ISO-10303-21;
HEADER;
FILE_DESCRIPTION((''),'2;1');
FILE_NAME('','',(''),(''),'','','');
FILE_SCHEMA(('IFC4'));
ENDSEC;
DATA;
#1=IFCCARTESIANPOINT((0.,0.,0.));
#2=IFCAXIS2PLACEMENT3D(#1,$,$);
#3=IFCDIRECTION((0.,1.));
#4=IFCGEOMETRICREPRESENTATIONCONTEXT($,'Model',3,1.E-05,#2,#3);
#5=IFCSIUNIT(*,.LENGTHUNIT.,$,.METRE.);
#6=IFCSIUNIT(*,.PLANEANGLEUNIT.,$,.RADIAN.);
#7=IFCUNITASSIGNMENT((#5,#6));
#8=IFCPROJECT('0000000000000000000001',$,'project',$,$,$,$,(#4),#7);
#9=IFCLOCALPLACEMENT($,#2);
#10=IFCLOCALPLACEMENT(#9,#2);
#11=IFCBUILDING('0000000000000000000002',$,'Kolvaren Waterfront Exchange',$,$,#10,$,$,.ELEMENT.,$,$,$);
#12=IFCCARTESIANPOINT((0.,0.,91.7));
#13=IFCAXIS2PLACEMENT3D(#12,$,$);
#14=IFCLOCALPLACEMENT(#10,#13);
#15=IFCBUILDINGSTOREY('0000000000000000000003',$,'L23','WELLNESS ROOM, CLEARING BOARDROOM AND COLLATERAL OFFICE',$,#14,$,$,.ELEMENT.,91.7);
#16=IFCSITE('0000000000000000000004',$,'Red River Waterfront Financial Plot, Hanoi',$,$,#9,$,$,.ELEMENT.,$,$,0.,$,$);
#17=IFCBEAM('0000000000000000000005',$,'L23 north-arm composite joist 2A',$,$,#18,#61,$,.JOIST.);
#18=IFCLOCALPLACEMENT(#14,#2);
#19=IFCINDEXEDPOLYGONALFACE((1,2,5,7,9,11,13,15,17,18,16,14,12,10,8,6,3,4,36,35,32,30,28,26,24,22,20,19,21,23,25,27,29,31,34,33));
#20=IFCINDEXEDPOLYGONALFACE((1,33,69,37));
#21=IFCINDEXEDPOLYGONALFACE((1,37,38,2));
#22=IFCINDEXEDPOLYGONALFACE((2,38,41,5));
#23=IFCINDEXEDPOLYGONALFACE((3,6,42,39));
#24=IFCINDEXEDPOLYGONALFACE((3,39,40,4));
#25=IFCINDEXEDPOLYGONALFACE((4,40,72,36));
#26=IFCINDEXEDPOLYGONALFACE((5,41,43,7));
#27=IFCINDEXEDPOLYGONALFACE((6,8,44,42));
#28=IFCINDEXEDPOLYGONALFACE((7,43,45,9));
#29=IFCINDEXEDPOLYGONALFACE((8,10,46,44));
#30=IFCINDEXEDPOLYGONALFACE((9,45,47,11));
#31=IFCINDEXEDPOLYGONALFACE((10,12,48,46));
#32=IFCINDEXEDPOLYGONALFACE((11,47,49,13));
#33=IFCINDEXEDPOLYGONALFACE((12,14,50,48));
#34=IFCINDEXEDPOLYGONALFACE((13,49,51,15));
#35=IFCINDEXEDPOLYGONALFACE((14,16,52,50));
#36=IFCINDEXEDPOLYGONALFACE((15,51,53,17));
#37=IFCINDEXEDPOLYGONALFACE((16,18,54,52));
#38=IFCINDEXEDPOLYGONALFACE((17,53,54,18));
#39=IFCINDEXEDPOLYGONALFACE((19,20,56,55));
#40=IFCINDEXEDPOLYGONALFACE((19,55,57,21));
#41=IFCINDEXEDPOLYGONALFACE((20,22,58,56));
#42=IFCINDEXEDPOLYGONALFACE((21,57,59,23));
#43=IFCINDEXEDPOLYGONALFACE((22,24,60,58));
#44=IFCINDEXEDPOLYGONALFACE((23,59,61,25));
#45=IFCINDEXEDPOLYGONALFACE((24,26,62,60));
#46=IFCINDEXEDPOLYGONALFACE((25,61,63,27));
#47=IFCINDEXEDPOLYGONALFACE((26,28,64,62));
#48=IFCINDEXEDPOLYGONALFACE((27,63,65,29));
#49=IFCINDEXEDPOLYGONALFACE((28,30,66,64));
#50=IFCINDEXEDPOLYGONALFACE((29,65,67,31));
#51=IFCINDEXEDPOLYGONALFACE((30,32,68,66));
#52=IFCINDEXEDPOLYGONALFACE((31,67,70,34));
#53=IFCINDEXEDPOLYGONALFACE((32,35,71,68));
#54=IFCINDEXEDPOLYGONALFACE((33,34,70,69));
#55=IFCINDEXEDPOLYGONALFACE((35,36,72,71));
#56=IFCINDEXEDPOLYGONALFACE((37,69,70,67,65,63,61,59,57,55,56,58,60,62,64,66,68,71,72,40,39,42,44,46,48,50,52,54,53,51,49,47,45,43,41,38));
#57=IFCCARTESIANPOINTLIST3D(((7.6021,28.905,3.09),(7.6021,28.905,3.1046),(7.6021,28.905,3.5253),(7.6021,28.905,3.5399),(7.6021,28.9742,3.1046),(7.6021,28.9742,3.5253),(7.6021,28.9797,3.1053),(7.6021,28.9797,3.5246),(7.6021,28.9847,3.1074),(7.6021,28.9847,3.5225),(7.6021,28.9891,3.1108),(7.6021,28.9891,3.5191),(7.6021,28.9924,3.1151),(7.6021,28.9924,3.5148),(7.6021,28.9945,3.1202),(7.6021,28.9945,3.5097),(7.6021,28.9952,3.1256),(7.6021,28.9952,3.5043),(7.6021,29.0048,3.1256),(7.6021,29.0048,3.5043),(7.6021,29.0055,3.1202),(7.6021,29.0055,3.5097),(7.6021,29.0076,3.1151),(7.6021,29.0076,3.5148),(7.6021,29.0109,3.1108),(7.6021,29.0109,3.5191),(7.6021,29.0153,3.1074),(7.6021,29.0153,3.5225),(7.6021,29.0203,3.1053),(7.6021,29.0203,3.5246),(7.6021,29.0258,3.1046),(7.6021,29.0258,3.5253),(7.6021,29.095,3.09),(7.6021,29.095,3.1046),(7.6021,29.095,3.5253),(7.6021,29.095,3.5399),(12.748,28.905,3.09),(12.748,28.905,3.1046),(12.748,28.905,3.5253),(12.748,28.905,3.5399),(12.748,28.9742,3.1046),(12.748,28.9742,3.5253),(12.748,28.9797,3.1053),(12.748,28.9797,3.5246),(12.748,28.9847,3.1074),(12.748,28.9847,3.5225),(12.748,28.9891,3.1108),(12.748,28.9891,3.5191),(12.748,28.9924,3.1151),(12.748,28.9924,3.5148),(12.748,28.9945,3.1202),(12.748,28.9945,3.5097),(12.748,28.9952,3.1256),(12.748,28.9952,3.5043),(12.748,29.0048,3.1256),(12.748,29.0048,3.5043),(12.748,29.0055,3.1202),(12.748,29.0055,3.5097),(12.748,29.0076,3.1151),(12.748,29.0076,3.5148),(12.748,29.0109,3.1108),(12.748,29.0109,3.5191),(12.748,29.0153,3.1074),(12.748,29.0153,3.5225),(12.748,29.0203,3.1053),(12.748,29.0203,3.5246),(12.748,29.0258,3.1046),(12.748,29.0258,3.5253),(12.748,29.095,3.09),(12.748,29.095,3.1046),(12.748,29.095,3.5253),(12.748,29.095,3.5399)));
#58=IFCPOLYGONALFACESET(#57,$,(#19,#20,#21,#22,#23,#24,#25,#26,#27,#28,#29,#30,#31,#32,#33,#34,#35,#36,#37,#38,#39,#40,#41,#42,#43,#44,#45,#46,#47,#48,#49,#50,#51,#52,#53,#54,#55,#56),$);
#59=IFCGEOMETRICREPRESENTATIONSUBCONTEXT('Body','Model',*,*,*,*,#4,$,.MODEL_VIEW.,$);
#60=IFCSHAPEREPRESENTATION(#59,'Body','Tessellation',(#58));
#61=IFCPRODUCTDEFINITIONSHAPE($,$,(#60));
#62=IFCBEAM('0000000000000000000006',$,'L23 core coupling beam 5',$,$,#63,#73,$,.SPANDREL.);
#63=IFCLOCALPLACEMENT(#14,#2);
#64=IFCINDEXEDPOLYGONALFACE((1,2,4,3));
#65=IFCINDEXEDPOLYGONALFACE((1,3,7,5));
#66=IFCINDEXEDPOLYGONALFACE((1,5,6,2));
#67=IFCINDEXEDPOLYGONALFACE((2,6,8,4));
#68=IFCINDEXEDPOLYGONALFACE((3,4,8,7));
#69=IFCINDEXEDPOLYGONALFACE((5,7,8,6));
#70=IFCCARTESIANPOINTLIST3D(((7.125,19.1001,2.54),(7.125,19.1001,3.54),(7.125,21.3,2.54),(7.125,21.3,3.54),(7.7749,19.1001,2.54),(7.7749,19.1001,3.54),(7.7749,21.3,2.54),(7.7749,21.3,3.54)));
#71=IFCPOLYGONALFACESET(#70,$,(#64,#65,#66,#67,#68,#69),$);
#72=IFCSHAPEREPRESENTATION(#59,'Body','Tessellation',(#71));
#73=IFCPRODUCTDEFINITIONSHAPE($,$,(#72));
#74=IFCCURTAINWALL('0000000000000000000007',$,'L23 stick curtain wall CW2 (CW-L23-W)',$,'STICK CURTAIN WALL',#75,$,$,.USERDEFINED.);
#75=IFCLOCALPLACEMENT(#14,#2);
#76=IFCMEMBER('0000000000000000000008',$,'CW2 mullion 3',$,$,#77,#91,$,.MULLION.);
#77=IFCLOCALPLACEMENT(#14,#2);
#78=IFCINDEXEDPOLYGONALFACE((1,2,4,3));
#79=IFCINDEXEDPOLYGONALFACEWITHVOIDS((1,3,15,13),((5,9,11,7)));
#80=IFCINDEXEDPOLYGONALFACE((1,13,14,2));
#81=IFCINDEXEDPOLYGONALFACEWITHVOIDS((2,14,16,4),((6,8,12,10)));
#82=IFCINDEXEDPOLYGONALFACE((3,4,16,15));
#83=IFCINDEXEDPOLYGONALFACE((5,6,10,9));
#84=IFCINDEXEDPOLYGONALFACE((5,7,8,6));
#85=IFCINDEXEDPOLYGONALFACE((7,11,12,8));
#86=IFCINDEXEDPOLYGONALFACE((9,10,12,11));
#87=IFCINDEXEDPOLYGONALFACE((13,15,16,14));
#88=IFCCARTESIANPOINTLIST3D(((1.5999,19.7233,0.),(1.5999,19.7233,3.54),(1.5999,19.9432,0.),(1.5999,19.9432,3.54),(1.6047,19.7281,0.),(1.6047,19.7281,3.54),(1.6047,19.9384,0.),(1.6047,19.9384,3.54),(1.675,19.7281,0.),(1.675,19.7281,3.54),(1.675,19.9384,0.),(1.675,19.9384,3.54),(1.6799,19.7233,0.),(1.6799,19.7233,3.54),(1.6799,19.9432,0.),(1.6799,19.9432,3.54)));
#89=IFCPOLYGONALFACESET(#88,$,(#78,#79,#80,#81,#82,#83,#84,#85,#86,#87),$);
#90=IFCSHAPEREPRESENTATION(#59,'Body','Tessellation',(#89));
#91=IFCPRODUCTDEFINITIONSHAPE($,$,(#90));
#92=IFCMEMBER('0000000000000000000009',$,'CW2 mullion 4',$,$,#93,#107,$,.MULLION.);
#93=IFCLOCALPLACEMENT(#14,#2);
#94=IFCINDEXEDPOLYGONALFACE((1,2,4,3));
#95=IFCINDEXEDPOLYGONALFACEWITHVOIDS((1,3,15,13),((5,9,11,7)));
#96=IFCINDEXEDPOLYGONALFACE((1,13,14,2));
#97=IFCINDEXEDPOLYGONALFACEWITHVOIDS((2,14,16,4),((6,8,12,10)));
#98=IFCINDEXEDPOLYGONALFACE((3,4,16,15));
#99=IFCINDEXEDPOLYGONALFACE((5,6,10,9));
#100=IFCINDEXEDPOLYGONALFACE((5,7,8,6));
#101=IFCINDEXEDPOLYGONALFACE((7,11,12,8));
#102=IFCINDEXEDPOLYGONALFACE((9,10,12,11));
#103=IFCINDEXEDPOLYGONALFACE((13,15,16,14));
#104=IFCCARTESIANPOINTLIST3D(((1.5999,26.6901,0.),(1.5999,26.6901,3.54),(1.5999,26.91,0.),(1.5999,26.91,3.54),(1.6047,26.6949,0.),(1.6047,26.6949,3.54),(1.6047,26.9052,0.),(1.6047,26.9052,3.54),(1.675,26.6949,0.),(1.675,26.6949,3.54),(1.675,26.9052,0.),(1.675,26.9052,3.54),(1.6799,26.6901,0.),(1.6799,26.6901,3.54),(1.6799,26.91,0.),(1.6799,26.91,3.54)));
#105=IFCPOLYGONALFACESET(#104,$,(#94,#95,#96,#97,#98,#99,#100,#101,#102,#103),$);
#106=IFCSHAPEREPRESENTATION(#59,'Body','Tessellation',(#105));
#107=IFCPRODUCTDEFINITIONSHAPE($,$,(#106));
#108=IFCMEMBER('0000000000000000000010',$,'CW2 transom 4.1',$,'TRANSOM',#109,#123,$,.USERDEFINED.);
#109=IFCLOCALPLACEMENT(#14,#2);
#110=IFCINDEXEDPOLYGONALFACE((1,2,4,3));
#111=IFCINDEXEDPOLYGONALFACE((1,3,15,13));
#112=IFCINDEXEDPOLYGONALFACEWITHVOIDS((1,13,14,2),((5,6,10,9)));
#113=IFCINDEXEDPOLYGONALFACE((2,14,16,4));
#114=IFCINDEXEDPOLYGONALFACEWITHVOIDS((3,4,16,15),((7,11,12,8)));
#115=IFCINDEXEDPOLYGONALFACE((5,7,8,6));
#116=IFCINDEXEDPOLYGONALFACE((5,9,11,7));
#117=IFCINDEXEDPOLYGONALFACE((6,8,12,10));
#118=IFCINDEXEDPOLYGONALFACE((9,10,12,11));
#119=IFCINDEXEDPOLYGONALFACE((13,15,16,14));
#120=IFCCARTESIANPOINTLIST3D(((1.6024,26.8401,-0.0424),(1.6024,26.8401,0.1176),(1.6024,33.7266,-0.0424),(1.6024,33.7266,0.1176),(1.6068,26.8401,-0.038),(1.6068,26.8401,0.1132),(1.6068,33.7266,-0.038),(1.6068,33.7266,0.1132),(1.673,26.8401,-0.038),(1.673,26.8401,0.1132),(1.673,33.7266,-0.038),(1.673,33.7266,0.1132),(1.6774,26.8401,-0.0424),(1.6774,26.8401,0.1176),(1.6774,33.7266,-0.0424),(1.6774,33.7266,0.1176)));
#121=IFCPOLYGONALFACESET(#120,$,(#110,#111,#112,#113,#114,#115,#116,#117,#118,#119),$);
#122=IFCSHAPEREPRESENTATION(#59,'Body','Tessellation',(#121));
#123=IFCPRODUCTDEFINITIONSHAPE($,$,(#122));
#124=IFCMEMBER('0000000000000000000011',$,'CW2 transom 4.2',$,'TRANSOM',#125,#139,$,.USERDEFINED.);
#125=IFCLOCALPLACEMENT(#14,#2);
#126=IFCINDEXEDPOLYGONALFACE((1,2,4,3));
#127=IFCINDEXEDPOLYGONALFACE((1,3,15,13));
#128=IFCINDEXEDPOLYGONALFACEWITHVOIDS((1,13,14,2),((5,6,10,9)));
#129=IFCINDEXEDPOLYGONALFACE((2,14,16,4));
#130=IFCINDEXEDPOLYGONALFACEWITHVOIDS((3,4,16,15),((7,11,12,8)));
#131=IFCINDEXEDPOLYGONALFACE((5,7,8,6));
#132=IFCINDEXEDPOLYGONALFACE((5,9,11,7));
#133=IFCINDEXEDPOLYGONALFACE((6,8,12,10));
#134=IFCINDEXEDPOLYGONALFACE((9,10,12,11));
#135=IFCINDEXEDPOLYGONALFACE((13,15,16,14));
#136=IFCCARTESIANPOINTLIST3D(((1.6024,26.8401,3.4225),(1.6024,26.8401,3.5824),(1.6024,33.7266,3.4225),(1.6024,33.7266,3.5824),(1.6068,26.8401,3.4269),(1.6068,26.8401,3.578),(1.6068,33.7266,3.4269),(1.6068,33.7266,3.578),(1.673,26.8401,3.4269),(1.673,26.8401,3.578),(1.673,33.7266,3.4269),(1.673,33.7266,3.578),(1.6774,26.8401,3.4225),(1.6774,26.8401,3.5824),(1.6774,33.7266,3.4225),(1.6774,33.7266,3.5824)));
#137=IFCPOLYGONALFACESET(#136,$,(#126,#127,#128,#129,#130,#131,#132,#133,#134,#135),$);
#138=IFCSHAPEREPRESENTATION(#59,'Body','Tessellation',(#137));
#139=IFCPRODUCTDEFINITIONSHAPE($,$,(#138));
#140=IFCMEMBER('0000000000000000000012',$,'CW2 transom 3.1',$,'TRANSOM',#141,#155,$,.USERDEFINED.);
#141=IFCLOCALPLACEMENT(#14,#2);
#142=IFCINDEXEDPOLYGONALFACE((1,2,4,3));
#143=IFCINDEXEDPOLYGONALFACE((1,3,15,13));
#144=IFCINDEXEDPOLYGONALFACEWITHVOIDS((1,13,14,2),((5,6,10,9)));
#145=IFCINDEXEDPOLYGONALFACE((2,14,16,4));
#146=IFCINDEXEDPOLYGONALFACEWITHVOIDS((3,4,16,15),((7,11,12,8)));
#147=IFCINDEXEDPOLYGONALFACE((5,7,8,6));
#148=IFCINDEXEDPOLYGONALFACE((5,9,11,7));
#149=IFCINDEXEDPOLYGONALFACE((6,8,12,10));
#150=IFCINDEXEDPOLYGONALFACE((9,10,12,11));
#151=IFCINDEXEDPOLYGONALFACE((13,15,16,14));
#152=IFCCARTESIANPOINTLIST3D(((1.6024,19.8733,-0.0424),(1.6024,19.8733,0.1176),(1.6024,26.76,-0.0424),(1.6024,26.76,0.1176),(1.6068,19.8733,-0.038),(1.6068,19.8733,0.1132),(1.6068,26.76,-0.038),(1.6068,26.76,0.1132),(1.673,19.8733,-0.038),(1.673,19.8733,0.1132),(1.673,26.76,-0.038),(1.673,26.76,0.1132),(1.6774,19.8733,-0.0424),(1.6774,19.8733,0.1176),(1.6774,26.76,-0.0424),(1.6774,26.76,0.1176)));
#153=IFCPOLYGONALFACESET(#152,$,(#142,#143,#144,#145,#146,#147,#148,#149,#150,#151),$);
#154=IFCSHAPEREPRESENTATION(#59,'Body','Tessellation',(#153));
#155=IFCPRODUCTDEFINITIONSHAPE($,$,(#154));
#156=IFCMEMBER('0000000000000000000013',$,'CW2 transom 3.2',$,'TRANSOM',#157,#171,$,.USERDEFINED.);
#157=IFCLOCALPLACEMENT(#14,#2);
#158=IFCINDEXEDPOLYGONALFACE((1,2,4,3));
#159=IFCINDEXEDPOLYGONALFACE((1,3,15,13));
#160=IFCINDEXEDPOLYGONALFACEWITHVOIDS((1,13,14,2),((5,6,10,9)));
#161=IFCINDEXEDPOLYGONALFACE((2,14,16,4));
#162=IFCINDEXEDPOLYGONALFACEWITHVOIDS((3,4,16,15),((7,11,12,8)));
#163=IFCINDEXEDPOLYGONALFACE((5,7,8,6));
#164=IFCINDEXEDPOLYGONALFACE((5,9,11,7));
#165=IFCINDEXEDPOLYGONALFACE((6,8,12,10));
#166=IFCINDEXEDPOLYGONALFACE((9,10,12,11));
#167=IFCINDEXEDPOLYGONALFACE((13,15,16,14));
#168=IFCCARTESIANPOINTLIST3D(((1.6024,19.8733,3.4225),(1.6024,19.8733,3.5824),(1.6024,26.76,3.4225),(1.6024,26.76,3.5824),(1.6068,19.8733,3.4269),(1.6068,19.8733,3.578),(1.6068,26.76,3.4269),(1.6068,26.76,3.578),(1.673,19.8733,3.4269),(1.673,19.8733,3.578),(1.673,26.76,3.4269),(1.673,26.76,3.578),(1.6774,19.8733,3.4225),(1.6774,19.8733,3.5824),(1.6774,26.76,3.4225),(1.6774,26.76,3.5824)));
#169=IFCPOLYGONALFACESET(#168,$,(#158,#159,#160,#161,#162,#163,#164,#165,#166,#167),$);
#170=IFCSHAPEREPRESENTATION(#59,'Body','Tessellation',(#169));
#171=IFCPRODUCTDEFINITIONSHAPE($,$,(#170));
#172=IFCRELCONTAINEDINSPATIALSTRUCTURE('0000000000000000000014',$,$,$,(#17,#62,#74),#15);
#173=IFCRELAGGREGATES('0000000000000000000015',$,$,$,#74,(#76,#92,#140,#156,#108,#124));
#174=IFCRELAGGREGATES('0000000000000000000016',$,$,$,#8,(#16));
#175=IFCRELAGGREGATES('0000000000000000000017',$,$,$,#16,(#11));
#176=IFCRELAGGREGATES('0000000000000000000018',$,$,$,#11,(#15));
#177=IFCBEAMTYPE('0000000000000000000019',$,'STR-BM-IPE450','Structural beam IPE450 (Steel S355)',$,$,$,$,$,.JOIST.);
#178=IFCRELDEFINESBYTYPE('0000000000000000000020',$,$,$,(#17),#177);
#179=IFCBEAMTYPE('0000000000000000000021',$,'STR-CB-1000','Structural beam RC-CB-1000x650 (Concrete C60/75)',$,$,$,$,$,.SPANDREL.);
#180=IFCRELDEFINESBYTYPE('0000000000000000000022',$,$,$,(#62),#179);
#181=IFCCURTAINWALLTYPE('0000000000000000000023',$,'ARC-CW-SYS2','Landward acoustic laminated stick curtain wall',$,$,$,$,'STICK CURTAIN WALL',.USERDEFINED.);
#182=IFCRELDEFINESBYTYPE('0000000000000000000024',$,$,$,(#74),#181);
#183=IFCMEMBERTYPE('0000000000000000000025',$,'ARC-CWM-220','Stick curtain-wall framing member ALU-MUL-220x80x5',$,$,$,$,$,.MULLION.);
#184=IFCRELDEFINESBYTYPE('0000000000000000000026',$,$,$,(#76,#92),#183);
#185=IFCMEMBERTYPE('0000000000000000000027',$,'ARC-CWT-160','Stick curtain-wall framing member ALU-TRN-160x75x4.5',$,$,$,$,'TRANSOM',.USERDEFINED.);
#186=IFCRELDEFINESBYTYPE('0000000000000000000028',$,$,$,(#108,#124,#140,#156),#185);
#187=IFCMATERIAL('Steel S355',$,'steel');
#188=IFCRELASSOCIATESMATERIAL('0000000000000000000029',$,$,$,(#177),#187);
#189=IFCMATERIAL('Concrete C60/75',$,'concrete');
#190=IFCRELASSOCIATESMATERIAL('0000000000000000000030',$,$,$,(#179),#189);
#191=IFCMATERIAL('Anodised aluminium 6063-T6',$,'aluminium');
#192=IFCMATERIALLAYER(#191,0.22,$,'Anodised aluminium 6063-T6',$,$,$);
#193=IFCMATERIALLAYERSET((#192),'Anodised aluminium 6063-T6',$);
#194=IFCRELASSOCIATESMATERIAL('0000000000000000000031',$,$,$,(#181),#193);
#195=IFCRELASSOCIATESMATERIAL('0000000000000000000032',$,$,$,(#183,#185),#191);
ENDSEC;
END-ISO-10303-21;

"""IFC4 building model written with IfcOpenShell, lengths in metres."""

from ifc_helpers import new_model, si_unit, direction, frame, origin, origin_with_axes, origin_2d, place, context, subcontext, project, spatial, rectangle, hollow_rectangle, i_section, extrude, source, transform, mapped, material, layer, layer_set, material_profile, profile_set, type_object, element, aggregate, save


model = new_model("IFC4")

# Units and contexts
model_context = context("Model", 3, precision=1e-05, world=origin(), true_north=direction((0.0, 1.0)))
body_context = subcontext(model_context, "Body", "Model", "MODEL_VIEW")
ifc_project = project(units=[si_unit("LENGTHUNIT", "METRE"), si_unit("PLANEANGLEUNIT", "RADIAN")], contexts=[model_context])

# Site, building, storey
site_placement = place(None, origin())
site = spatial("IfcSite", under=ifc_project, at=site_placement, Name="Red River Waterfront Financial Plot, Hanoi", CompositionType="ELEMENT", RefElevation=0.0)
building_placement = place(site_placement, origin())
building = spatial("IfcBuilding", under=site, at=building_placement, Name="Kolvaren Waterfront Exchange", CompositionType="ELEMENT")
storey_placement = place(building_placement, frame((0.0, 0.0, 91.7)))
storey = spatial("IfcBuildingStorey", under=building, at=storey_placement, Name="L23", Description="WELLNESS ROOM, CLEARING BOARDROOM AND COLLATERAL OFFICE", CompositionType="ELEMENT", Elevation=91.7)

# Shared definitions
ifc_material_1 = material(Name="Concrete C60/75", Category="concrete")

# Beams
ifc_material_2 = material(Name="Steel S355", Category="steel")
ifc_material_profile_1 = material_profile(ifc_material_2, i_section(OverallWidth=0.1899, OverallDepth=0.45, WebThickness=0.0095, FlangeThickness=0.0146, FilletRadius=0.021, at=origin_2d()), Name="IPE450")
ifc_profile_set_1 = profile_set([ifc_material_profile_1], Name="Steel S355")
beam_type_1 = type_object("IfcBeamType", Name="STR-BM-IPE450", Description="Structural beam IPE450 (Steel S355)", PredefinedType="JOIST", material=ifc_profile_set_1)
for number, where, z_axis, x_axis, name in (
    (1, (7.6021, 29.0, 3.3149), (1.0, 0.0, 0.0), (0.0, 1.0, 0.0), "L23 north-arm composite joist 2A"),
):
    element("IfcBeam", number, at=place(storey_placement, frame(where, z_axis=z_axis, x_axis=x_axis)), inside=storey, type_object=beam_type_1, Name=name, PredefinedType="JOIST", context=body_context, shape_type="SweptSolid", body=[
        extrude(i_section(OverallWidth=0.1899, OverallDepth=0.45, WebThickness=0.0095, FlangeThickness=0.0146, FilletRadius=0.021, at=origin_2d()), origin(), (0.0, 0.0, 1.0), 5.146),
    ])
ifc_material_profile_2 = material_profile(ifc_material_1, rectangle(XDim=0.6499, YDim=1.0, at=origin_2d()), Name="RC-CB-1000x650")
ifc_profile_set_2 = profile_set([ifc_material_profile_2], Name="Concrete C60/75")
beam_type_2 = type_object("IfcBeamType", Name="STR-CB-1000", Description="Structural beam RC-CB-1000x650 (Concrete C60/75)", PredefinedType="SPANDREL", material=ifc_profile_set_2)
beam_1_placement = place(storey_placement, frame((7.45, 19.1001, 3.04), z_axis=(0.0, 1.0, 0.0), x_axis=(-1.0, 0.0, 0.0)))
element("IfcBeam", 2, at=beam_1_placement, inside=storey, type_object=beam_type_2, Name="L23 core coupling beam 5", PredefinedType="SPANDREL", context=body_context, shape_type="SweptSolid", body=[
    extrude(rectangle(XDim=0.6499, YDim=1.0, at=origin_2d()), origin(), (0.0, 0.0, 1.0), 2.2),
])

# Curtain wall, members
ifc_material_3 = material(Name="Anodised aluminium 6063-T6", Category="aluminium")
ifc_layer_1 = layer(ifc_material_3, 0.22, Name="Anodised aluminium 6063-T6")
ifc_layer_set_1 = layer_set([ifc_layer_1], Name="Anodised aluminium 6063-T6")
curtain_wall_type = type_object("IfcCurtainWallType", Name="ARC-CW-SYS2", Description="Landward acoustic laminated stick curtain wall", ElementType="STICK CURTAIN WALL", PredefinedType="USERDEFINED", material=ifc_layer_set_1)
curtain_wall_placement = place(storey_placement, origin())
curtain_wall = element("IfcCurtainWall", 3, at=curtain_wall_placement, inside=storey, type_object=curtain_wall_type, Name="L23 stick curtain wall CW2 (CW-L23-W)", ObjectType="STICK CURTAIN WALL", PredefinedType="USERDEFINED")
ifc_material_profile_3 = material_profile(ifc_material_3, hollow_rectangle(XDim=0.0801, YDim=0.22, WallThickness=0.0049, at=origin_2d()), Name="ALU-MUL-220x80x5")
ifc_profile_set_3 = profile_set([ifc_material_profile_3], Name="Anodised aluminium 6063-T6")
member_type_1 = type_object("IfcMemberType", Name="ARC-CWM-220", Description="Stick curtain-wall framing member ALU-MUL-220x80x5", PredefinedType="MULLION", material=ifc_profile_set_3)
shared_shape_1 = source(origin_with_axes(), body_context, "Body", "SweptSolid", [
    extrude(hollow_rectangle(XDim=0.0801, YDim=0.22, WallThickness=0.0049, at=origin_2d()), origin(), (0.0, 0.0, 1.0), 3.54),
])
member_1_placement = place(storey_placement, frame((1.6399, 19.8333, 0.0), z_axis=(0.0, 0.0, 1.0), x_axis=(-1.0, 0.0, 0.0)))
member_1 = element("IfcMember", 4, at=member_1_placement, type_object=member_type_1, Name="CW2 mullion 3", PredefinedType="MULLION", context=body_context, shape_type="MappedRepresentation", body=[
    mapped(shared_shape_1, transform((0.0, 0.0, 0.0), x_axis=(1.0, 0.0, 0.0), y_axis=(0.0, 1.0, 0.0), z_axis=(0.0, 0.0, 1.0), scale=1.0)),
])
member_2_placement = place(storey_placement, frame((1.6399, 26.8, 0.0), z_axis=(0.0, 0.0, 1.0), x_axis=(-1.0, 0.0, 0.0)))
member_2 = element("IfcMember", 5, at=member_2_placement, type_object=member_type_1, Name="CW2 mullion 4", PredefinedType="MULLION", context=body_context, shape_type="MappedRepresentation", body=[
    mapped(shared_shape_1, transform((0.0, 0.0, 0.0), x_axis=(1.0, 0.0, 0.0), y_axis=(0.0, 1.0, 0.0), z_axis=(0.0, 0.0, 1.0), scale=1.0)),
])
ifc_material_profile_4 = material_profile(ifc_material_3, hollow_rectangle(XDim=0.075, YDim=0.1599, WallThickness=0.0044, at=origin_2d()), Name="ALU-TRN-160x75x4.5")
ifc_profile_set_4 = profile_set([ifc_material_profile_4], Name="Anodised aluminium 6063-T6")
member_type_2 = type_object("IfcMemberType", Name="ARC-CWT-160", Description="Stick curtain-wall framing member ALU-TRN-160x75x4.5", ElementType="TRANSOM", PredefinedType="USERDEFINED", material=ifc_profile_set_4)
shared_shape_2 = source(origin_with_axes(), body_context, "Body", "SweptSolid", [
    extrude(hollow_rectangle(XDim=0.075, YDim=0.1599, WallThickness=0.0044, at=origin_2d()), origin(), (0.0, 0.0, 1.0), 6.8865),
])
member_3_placement = place(storey_placement, frame((1.6399, 26.8401, 0.0376), z_axis=(0.0, 1.0, 0.0), x_axis=(-1.0, 0.0, 0.0)))
member_3 = element("IfcMember", 6, at=member_3_placement, type_object=member_type_2, Name="CW2 transom 4.1", ObjectType="TRANSOM", PredefinedType="USERDEFINED", context=body_context, shape_type="MappedRepresentation", body=[
    mapped(shared_shape_2, transform((0.0, 0.0, 0.0), x_axis=(1.0, 0.0, 0.0), y_axis=(0.0, 1.0, 0.0), z_axis=(0.0, 0.0, 1.0), scale=1.0)),
])
member_4_placement = place(storey_placement, frame((1.6399, 26.8401, 3.5024), z_axis=(0.0, 1.0, 0.0), x_axis=(-1.0, 0.0, 0.0)))
member_4 = element("IfcMember", 7, at=member_4_placement, type_object=member_type_2, Name="CW2 transom 4.2", ObjectType="TRANSOM", PredefinedType="USERDEFINED", context=body_context, shape_type="MappedRepresentation", body=[
    mapped(shared_shape_2, transform((0.0, 0.0, 0.0), x_axis=(1.0, 0.0, 0.0), y_axis=(0.0, 1.0, 0.0), z_axis=(0.0, 0.0, 1.0), scale=1.0)),
])
shared_shape_3 = source(origin_with_axes(), body_context, "Body", "SweptSolid", [
    extrude(hollow_rectangle(XDim=0.075, YDim=0.1599, WallThickness=0.0044, at=origin_2d()), origin(), (0.0, 0.0, 1.0), 6.8867),
])
member_5_placement = place(storey_placement, frame((1.6399, 19.8733, 0.0376), z_axis=(0.0, 1.0, 0.0), x_axis=(-1.0, 0.0, 0.0)))
member_5 = element("IfcMember", 8, at=member_5_placement, type_object=member_type_2, Name="CW2 transom 3.1", ObjectType="TRANSOM", PredefinedType="USERDEFINED", context=body_context, shape_type="MappedRepresentation", body=[
    mapped(shared_shape_3, transform((0.0, 0.0, 0.0), x_axis=(1.0, 0.0, 0.0), y_axis=(0.0, 1.0, 0.0), z_axis=(0.0, 0.0, 1.0), scale=1.0)),
])
member_6_placement = place(storey_placement, frame((1.6399, 19.8733, 3.5024), z_axis=(0.0, 1.0, 0.0), x_axis=(-1.0, 0.0, 0.0)))
member_6 = element("IfcMember", 9, at=member_6_placement, type_object=member_type_2, Name="CW2 transom 3.2", ObjectType="TRANSOM", PredefinedType="USERDEFINED", context=body_context, shape_type="MappedRepresentation", body=[
    mapped(shared_shape_3, transform((0.0, 0.0, 0.0), x_axis=(1.0, 0.0, 0.0), y_axis=(0.0, 1.0, 0.0), z_axis=(0.0, 0.0, 1.0), scale=1.0)),
])
aggregate(curtain_wall, [member_1, member_2, member_5, member_6, member_3, member_4])

save(model, "model.ifc")
